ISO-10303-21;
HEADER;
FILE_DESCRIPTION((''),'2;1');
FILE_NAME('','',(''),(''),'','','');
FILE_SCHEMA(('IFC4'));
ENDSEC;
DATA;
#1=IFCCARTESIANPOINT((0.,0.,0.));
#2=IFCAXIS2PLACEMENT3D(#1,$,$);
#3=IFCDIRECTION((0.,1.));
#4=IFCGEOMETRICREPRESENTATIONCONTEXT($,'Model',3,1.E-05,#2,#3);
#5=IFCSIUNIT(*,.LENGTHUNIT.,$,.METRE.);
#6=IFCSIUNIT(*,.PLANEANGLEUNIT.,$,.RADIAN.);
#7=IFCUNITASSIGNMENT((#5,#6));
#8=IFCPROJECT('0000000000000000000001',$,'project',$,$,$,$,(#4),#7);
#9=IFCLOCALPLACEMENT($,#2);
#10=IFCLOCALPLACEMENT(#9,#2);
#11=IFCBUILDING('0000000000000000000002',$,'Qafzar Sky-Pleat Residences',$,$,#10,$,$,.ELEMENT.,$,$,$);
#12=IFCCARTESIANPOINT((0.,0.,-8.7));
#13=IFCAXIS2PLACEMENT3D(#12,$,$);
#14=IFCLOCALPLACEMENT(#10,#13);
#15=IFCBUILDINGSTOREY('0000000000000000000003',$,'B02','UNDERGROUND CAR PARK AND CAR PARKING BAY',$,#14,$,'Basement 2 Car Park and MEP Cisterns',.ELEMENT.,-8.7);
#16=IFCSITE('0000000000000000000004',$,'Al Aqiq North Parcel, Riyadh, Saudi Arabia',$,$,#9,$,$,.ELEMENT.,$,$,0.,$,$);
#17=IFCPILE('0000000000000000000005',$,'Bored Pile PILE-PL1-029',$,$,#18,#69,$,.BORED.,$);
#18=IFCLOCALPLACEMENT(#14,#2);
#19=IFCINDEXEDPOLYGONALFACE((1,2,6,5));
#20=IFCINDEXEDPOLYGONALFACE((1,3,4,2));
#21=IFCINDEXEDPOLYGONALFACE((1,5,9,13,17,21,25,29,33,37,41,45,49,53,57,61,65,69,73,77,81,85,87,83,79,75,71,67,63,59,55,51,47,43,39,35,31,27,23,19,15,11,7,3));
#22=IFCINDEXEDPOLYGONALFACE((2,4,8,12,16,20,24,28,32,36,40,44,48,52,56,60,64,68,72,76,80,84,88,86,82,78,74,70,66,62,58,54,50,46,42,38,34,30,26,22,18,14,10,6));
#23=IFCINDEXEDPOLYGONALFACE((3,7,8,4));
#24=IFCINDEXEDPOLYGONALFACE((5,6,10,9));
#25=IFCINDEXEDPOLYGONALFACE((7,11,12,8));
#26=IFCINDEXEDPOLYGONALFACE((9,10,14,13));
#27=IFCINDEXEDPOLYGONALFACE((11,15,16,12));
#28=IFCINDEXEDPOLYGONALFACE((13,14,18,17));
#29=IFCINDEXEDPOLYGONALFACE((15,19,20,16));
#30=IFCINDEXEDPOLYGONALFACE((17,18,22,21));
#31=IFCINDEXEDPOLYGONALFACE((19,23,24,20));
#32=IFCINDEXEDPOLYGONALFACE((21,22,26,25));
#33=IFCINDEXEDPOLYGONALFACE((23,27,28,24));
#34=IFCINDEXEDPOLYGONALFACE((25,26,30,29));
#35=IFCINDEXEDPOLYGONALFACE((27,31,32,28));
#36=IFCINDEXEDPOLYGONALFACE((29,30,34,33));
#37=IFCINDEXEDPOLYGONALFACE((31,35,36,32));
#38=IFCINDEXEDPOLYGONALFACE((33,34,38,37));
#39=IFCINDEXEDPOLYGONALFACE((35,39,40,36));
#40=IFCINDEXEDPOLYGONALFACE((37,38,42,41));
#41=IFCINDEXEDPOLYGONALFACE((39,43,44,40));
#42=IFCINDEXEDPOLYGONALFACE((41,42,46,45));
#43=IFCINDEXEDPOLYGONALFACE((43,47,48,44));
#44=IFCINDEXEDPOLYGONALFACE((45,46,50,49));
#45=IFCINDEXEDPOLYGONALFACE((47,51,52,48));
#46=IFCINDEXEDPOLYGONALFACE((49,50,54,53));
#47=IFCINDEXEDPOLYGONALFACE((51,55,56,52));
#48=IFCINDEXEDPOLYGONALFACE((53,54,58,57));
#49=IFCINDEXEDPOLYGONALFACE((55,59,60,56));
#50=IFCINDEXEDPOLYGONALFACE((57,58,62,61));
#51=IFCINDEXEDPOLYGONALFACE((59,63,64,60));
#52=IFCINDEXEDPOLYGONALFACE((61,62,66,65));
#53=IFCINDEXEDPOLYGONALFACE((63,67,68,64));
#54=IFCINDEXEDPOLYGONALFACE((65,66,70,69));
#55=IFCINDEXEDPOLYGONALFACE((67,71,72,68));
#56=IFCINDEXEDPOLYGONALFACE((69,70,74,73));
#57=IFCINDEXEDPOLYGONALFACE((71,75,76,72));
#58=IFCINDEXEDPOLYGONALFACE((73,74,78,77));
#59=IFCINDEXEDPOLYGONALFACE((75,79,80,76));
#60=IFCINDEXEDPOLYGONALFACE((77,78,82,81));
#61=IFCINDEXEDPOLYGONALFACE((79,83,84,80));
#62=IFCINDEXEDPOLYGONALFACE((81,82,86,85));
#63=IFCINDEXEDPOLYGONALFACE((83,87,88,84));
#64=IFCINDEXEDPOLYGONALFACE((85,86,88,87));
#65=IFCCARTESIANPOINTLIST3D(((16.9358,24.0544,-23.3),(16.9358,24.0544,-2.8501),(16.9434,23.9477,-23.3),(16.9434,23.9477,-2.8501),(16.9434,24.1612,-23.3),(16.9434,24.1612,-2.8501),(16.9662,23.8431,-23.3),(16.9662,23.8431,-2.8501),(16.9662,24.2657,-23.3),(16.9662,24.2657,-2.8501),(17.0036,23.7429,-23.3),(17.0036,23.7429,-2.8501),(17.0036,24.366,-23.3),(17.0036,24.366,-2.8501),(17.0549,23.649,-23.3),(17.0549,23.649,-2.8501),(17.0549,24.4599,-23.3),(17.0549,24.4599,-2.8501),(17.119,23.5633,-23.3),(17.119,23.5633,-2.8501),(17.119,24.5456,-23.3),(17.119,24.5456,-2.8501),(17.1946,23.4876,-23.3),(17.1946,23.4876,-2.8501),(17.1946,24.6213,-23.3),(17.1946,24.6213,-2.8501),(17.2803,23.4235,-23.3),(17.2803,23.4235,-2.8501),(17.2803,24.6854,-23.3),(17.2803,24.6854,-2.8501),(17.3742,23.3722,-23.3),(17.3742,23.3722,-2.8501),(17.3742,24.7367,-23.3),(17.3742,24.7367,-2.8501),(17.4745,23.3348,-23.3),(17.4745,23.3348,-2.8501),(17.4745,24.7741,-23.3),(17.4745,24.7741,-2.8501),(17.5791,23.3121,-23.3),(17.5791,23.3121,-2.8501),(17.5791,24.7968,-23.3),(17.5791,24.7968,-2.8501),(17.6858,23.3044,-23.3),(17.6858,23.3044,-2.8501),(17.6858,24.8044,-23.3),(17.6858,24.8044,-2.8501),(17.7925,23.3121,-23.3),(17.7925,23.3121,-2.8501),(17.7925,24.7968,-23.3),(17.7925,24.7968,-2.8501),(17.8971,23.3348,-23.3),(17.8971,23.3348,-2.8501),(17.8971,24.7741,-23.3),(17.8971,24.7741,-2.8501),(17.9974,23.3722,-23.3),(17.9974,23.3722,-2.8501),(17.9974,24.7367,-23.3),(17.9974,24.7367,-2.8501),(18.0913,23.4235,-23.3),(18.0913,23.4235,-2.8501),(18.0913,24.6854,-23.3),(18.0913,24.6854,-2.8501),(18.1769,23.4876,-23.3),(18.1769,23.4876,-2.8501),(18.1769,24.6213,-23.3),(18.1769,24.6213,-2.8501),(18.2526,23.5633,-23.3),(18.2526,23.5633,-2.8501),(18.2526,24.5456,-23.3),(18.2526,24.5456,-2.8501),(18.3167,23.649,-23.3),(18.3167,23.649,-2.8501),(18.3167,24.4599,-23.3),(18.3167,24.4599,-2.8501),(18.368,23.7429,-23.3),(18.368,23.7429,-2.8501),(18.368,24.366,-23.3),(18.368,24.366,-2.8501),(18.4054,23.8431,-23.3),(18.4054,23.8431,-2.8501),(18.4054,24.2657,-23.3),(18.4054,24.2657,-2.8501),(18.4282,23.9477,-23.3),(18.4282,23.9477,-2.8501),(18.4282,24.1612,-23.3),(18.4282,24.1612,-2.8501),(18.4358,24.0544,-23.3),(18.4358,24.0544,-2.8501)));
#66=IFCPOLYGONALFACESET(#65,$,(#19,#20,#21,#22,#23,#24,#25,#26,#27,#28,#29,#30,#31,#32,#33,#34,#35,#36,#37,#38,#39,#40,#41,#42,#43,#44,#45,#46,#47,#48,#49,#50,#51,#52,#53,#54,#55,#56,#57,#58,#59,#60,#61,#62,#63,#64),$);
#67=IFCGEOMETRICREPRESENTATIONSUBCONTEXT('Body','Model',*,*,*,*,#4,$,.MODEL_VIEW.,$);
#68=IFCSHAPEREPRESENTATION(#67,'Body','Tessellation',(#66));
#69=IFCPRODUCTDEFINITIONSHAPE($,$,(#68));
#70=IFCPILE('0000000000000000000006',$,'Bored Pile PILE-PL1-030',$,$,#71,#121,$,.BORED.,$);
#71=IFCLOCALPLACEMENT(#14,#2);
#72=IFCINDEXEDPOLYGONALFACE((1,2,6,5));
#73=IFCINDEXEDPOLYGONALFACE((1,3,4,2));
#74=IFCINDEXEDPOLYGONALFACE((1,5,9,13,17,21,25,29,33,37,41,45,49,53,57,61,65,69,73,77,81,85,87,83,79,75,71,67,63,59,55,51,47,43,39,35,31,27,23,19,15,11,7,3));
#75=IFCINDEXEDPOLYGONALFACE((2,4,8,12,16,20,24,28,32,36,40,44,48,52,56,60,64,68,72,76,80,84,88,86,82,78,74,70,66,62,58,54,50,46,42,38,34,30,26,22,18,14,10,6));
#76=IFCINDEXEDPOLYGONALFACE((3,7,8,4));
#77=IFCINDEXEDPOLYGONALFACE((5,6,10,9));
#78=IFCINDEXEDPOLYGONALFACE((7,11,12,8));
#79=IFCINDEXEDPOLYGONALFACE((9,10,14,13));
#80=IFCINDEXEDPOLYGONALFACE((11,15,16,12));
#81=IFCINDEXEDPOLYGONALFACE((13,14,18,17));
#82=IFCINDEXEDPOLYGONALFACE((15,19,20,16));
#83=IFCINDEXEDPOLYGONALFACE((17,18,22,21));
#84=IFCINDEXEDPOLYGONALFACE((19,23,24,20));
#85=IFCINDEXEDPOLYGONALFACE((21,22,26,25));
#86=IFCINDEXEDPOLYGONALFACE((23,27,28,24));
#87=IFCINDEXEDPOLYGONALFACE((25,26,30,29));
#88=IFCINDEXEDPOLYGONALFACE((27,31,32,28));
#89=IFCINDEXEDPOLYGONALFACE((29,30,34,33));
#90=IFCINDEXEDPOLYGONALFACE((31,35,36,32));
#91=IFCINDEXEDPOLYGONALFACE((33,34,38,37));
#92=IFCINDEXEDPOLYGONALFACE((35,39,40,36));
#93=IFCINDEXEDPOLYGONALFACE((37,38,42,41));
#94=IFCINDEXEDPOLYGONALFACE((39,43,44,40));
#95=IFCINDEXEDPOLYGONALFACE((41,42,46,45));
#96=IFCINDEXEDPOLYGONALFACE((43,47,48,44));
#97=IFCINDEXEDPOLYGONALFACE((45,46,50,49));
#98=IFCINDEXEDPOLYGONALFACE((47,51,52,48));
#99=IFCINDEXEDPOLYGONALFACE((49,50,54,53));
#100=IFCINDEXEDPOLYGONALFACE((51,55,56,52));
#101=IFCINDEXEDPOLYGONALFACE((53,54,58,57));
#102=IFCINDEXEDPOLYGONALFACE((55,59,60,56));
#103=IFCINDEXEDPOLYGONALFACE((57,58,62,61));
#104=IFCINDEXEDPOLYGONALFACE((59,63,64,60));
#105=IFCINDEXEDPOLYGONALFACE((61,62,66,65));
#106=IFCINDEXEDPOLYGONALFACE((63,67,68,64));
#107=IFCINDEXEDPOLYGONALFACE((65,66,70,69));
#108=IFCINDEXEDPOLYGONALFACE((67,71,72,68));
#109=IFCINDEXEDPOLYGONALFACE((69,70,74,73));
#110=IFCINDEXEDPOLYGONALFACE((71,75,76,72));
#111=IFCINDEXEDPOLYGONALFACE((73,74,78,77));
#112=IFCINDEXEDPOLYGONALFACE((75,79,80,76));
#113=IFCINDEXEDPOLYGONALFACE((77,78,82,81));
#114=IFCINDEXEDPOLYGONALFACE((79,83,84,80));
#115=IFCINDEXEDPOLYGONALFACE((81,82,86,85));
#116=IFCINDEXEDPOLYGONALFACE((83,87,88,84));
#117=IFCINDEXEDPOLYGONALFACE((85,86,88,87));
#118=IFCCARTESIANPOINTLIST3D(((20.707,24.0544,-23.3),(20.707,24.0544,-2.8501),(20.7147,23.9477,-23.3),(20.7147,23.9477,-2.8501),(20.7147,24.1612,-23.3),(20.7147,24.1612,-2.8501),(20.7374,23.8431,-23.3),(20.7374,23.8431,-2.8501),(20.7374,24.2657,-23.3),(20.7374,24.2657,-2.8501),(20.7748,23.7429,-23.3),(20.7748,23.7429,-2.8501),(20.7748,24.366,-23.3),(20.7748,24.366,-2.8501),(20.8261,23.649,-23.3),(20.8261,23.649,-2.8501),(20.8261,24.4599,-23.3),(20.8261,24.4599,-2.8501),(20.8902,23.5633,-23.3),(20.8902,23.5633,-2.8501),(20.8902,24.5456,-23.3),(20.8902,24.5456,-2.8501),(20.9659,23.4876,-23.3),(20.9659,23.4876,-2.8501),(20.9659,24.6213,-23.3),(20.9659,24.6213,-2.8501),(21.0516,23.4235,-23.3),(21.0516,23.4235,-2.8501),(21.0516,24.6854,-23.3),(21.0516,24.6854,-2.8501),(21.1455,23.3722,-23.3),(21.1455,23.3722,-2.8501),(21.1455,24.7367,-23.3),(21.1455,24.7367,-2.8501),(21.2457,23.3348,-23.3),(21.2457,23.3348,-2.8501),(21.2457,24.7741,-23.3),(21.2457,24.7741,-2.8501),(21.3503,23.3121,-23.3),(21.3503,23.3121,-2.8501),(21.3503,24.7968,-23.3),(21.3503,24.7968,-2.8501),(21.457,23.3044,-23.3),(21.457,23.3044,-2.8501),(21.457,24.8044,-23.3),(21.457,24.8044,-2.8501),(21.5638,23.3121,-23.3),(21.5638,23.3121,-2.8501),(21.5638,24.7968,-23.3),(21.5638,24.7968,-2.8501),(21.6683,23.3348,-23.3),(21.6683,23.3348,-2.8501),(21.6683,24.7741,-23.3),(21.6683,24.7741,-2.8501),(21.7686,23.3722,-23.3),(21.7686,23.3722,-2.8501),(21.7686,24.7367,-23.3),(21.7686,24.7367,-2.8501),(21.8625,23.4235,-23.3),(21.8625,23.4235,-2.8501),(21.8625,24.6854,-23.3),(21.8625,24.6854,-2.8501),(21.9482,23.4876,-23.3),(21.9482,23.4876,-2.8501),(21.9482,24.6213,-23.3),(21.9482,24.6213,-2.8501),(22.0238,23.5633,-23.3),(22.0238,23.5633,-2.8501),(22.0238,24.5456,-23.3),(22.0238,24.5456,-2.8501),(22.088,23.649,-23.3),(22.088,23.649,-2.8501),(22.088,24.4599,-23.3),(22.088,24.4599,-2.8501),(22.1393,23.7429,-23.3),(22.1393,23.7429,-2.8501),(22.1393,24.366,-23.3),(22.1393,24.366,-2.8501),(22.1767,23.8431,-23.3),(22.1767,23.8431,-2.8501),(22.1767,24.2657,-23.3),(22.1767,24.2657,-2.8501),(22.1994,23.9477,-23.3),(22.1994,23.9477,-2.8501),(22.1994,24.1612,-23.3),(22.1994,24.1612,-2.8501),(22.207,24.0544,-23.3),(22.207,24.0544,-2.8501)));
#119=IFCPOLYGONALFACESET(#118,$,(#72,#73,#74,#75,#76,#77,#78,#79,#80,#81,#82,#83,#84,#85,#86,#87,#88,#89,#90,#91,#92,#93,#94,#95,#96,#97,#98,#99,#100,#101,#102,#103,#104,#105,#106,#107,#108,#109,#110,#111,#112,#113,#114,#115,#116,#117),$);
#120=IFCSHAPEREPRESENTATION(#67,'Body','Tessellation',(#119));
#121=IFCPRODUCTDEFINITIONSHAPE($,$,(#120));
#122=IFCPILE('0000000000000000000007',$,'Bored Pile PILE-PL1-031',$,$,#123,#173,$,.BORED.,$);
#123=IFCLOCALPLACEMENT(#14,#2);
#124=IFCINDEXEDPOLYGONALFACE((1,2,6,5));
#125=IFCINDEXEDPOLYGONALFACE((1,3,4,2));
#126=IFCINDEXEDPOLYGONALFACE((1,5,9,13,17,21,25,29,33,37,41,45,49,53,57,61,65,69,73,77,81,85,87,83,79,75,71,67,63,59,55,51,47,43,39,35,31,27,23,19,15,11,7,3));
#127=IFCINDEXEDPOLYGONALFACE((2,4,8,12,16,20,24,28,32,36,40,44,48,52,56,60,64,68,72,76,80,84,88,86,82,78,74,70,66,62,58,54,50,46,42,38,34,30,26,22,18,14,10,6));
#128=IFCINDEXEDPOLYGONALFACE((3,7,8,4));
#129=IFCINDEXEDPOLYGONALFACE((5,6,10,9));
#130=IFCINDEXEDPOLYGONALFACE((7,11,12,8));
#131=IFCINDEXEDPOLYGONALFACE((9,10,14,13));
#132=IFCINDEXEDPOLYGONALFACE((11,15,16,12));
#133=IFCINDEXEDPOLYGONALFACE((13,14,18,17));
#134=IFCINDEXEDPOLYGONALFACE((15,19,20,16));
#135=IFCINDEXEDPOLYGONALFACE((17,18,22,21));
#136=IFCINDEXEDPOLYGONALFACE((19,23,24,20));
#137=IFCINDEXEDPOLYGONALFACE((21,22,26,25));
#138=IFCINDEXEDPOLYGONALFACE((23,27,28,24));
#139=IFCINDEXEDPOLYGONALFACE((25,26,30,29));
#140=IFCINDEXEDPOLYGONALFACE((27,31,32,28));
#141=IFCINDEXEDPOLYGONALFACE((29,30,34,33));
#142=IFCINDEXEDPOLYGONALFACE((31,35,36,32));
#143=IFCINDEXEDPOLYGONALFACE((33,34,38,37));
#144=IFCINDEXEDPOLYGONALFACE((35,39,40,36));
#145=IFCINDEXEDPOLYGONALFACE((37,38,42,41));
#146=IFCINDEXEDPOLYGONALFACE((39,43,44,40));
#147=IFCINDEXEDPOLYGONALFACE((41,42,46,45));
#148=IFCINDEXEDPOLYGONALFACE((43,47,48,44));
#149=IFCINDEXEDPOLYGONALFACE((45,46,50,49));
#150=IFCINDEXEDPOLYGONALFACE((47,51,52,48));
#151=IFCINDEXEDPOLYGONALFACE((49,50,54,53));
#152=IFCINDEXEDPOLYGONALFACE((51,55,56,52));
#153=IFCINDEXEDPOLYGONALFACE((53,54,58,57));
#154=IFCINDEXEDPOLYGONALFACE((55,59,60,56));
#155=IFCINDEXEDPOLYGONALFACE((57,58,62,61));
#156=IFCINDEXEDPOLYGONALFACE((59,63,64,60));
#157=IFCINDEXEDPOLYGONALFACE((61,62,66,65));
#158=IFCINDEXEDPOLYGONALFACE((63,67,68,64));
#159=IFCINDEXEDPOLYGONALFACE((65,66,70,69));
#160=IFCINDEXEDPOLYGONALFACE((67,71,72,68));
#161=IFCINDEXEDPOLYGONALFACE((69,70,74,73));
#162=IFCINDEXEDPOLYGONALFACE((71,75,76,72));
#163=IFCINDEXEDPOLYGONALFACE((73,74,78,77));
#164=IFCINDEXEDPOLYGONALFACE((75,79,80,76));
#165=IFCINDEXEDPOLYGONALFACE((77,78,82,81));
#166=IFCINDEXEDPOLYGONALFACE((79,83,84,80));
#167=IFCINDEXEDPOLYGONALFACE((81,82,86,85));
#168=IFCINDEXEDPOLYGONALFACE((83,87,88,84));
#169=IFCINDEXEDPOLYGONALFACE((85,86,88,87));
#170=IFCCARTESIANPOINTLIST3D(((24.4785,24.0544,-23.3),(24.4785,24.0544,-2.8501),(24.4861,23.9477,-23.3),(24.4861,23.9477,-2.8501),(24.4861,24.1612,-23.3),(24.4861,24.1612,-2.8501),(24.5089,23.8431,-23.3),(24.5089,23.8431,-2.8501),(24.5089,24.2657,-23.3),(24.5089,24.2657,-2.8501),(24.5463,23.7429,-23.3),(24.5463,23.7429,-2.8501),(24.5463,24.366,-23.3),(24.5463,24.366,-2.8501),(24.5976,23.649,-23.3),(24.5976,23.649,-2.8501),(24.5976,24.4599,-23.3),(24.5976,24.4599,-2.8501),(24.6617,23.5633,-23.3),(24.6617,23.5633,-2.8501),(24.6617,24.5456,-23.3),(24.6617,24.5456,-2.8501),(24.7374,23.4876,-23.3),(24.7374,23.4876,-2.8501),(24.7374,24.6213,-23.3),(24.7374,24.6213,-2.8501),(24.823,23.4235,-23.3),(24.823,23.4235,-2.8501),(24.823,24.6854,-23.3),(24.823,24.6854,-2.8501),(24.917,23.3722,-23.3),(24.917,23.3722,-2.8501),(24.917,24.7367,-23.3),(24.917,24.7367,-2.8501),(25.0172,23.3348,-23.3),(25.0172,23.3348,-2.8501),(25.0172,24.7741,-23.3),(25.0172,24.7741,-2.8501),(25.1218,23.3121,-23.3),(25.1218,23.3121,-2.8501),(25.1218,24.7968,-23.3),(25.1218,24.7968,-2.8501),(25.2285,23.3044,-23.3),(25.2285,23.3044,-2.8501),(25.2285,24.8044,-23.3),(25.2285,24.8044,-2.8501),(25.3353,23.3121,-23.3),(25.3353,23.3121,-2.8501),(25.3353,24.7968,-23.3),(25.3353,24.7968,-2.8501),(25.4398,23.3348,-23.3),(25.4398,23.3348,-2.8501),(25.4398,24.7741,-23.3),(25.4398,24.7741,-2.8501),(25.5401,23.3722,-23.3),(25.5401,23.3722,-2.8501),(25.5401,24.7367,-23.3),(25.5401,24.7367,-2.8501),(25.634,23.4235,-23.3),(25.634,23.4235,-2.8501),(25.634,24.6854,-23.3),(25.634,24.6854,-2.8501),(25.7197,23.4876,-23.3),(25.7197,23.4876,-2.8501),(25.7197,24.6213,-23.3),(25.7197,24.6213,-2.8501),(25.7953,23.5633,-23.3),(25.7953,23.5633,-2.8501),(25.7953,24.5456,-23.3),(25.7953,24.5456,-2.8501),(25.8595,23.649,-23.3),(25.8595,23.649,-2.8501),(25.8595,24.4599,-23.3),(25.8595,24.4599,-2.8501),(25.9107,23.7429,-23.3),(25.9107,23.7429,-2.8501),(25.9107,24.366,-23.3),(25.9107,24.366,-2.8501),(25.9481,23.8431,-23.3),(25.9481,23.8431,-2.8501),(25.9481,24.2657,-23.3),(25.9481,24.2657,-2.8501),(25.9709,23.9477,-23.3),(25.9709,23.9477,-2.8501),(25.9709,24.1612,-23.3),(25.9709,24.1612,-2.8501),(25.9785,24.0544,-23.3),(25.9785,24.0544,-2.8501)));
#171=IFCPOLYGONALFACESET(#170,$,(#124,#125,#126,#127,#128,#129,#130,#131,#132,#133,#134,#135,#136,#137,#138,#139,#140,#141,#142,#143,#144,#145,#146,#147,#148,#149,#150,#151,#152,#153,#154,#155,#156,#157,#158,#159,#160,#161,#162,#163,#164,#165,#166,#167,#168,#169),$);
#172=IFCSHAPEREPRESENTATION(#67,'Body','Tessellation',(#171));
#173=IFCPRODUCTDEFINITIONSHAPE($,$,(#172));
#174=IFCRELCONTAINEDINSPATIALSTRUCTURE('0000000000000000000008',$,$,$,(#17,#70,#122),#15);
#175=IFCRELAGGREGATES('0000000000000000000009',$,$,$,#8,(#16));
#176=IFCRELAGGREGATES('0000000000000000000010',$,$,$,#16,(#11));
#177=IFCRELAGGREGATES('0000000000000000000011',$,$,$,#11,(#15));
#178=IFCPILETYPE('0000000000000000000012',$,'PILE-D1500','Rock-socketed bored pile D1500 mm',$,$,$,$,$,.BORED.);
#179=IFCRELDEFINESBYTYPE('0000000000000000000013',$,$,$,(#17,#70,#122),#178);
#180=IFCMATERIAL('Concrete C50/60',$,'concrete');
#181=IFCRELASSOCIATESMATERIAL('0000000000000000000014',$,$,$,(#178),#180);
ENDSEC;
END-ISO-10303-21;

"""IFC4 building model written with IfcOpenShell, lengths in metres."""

from ifc_helpers import new_model, si_unit, direction, frame, origin, origin_2d, place, context, subcontext, project, spatial, circle, extrude, source, transform, mapped, material, material_profile, profile_set, type_object, element, save


model = new_model("IFC4")

# Units and contexts
model_context = context("Model", 3, precision=1e-05, world=origin(), true_north=direction((0.0, 1.0)))
body_context = subcontext(model_context, "Body", "Model", "MODEL_VIEW")
ifc_project = project(units=[si_unit("LENGTHUNIT", "METRE"), si_unit("PLANEANGLEUNIT", "RADIAN")], contexts=[model_context])

# Site, building, storey
site_placement = place(None, origin())
site = spatial("IfcSite", under=ifc_project, at=site_placement, Name="Al Aqiq North Parcel, Riyadh, Saudi Arabia", CompositionType="ELEMENT", RefElevation=0.0)
building_placement = place(site_placement, origin())
building = spatial("IfcBuilding", under=site, at=building_placement, Name="Qafzar Sky-Pleat Residences", CompositionType="ELEMENT")
storey_placement = place(building_placement, frame((0.0, 0.0, -8.7)))
storey = spatial("IfcBuildingStorey", under=building, at=storey_placement, Name="B02", Description="UNDERGROUND CAR PARK AND CAR PARKING BAY", LongName="Basement 2 Car Park and MEP Cisterns", CompositionType="ELEMENT", Elevation=-8.7)

# Piles
ifc_material_1 = material(Name="Concrete C50/60", Category="concrete")
ifc_material_profile_1 = material_profile(ifc_material_1, circle(Radius=0.75, at=origin_2d()), Name="PILE D1500")
ifc_profile_set_1 = profile_set([ifc_material_profile_1], Name="Concrete C50/60")
pile_type = type_object("IfcPileType", Name="PILE-D1500", Description="Rock-socketed bored pile D1500 mm", PredefinedType="BORED", material=ifc_profile_set_1)
shared_shape_1 = source(origin(), body_context, "Body", "SweptSolid", [
    extrude(circle(Radius=0.75, at=origin_2d()), origin(), (0.0, 0.0, 1.0), 20.45),
])
for number, where, z_axis, x_axis, name in (
    (1, (17.6858, 24.0544, -2.8501), (0.0, 0.0, -1.0), (1.0, 0.0, 0.0), "Bored Pile PILE-PL1-029"),
    (2, (21.457, 24.0544, -2.8501), (0.0, 0.0, -1.0), (1.0, 0.0, 0.0), "Bored Pile PILE-PL1-030"),
    (3, (25.2285, 24.0544, -2.8501), (0.0, 0.0, -1.0), (1.0, 0.0, 0.0), "Bored Pile PILE-PL1-031"),
):
    element("IfcPile", number, at=place(storey_placement, frame(where, z_axis=z_axis, x_axis=x_axis)), inside=storey, type_object=pile_type, Name=name, PredefinedType="BORED", context=body_context, shape_type="MappedRepresentation", body=[
        mapped(shared_shape_1, transform((0.0, 0.0, 0.0), x_axis=(1.0, 0.0, 0.0), y_axis=(0.0, 1.0, 0.0), z_axis=(0.0, 0.0, 1.0), scale=1.0)),
    ])

save(model, "model.ifc")
